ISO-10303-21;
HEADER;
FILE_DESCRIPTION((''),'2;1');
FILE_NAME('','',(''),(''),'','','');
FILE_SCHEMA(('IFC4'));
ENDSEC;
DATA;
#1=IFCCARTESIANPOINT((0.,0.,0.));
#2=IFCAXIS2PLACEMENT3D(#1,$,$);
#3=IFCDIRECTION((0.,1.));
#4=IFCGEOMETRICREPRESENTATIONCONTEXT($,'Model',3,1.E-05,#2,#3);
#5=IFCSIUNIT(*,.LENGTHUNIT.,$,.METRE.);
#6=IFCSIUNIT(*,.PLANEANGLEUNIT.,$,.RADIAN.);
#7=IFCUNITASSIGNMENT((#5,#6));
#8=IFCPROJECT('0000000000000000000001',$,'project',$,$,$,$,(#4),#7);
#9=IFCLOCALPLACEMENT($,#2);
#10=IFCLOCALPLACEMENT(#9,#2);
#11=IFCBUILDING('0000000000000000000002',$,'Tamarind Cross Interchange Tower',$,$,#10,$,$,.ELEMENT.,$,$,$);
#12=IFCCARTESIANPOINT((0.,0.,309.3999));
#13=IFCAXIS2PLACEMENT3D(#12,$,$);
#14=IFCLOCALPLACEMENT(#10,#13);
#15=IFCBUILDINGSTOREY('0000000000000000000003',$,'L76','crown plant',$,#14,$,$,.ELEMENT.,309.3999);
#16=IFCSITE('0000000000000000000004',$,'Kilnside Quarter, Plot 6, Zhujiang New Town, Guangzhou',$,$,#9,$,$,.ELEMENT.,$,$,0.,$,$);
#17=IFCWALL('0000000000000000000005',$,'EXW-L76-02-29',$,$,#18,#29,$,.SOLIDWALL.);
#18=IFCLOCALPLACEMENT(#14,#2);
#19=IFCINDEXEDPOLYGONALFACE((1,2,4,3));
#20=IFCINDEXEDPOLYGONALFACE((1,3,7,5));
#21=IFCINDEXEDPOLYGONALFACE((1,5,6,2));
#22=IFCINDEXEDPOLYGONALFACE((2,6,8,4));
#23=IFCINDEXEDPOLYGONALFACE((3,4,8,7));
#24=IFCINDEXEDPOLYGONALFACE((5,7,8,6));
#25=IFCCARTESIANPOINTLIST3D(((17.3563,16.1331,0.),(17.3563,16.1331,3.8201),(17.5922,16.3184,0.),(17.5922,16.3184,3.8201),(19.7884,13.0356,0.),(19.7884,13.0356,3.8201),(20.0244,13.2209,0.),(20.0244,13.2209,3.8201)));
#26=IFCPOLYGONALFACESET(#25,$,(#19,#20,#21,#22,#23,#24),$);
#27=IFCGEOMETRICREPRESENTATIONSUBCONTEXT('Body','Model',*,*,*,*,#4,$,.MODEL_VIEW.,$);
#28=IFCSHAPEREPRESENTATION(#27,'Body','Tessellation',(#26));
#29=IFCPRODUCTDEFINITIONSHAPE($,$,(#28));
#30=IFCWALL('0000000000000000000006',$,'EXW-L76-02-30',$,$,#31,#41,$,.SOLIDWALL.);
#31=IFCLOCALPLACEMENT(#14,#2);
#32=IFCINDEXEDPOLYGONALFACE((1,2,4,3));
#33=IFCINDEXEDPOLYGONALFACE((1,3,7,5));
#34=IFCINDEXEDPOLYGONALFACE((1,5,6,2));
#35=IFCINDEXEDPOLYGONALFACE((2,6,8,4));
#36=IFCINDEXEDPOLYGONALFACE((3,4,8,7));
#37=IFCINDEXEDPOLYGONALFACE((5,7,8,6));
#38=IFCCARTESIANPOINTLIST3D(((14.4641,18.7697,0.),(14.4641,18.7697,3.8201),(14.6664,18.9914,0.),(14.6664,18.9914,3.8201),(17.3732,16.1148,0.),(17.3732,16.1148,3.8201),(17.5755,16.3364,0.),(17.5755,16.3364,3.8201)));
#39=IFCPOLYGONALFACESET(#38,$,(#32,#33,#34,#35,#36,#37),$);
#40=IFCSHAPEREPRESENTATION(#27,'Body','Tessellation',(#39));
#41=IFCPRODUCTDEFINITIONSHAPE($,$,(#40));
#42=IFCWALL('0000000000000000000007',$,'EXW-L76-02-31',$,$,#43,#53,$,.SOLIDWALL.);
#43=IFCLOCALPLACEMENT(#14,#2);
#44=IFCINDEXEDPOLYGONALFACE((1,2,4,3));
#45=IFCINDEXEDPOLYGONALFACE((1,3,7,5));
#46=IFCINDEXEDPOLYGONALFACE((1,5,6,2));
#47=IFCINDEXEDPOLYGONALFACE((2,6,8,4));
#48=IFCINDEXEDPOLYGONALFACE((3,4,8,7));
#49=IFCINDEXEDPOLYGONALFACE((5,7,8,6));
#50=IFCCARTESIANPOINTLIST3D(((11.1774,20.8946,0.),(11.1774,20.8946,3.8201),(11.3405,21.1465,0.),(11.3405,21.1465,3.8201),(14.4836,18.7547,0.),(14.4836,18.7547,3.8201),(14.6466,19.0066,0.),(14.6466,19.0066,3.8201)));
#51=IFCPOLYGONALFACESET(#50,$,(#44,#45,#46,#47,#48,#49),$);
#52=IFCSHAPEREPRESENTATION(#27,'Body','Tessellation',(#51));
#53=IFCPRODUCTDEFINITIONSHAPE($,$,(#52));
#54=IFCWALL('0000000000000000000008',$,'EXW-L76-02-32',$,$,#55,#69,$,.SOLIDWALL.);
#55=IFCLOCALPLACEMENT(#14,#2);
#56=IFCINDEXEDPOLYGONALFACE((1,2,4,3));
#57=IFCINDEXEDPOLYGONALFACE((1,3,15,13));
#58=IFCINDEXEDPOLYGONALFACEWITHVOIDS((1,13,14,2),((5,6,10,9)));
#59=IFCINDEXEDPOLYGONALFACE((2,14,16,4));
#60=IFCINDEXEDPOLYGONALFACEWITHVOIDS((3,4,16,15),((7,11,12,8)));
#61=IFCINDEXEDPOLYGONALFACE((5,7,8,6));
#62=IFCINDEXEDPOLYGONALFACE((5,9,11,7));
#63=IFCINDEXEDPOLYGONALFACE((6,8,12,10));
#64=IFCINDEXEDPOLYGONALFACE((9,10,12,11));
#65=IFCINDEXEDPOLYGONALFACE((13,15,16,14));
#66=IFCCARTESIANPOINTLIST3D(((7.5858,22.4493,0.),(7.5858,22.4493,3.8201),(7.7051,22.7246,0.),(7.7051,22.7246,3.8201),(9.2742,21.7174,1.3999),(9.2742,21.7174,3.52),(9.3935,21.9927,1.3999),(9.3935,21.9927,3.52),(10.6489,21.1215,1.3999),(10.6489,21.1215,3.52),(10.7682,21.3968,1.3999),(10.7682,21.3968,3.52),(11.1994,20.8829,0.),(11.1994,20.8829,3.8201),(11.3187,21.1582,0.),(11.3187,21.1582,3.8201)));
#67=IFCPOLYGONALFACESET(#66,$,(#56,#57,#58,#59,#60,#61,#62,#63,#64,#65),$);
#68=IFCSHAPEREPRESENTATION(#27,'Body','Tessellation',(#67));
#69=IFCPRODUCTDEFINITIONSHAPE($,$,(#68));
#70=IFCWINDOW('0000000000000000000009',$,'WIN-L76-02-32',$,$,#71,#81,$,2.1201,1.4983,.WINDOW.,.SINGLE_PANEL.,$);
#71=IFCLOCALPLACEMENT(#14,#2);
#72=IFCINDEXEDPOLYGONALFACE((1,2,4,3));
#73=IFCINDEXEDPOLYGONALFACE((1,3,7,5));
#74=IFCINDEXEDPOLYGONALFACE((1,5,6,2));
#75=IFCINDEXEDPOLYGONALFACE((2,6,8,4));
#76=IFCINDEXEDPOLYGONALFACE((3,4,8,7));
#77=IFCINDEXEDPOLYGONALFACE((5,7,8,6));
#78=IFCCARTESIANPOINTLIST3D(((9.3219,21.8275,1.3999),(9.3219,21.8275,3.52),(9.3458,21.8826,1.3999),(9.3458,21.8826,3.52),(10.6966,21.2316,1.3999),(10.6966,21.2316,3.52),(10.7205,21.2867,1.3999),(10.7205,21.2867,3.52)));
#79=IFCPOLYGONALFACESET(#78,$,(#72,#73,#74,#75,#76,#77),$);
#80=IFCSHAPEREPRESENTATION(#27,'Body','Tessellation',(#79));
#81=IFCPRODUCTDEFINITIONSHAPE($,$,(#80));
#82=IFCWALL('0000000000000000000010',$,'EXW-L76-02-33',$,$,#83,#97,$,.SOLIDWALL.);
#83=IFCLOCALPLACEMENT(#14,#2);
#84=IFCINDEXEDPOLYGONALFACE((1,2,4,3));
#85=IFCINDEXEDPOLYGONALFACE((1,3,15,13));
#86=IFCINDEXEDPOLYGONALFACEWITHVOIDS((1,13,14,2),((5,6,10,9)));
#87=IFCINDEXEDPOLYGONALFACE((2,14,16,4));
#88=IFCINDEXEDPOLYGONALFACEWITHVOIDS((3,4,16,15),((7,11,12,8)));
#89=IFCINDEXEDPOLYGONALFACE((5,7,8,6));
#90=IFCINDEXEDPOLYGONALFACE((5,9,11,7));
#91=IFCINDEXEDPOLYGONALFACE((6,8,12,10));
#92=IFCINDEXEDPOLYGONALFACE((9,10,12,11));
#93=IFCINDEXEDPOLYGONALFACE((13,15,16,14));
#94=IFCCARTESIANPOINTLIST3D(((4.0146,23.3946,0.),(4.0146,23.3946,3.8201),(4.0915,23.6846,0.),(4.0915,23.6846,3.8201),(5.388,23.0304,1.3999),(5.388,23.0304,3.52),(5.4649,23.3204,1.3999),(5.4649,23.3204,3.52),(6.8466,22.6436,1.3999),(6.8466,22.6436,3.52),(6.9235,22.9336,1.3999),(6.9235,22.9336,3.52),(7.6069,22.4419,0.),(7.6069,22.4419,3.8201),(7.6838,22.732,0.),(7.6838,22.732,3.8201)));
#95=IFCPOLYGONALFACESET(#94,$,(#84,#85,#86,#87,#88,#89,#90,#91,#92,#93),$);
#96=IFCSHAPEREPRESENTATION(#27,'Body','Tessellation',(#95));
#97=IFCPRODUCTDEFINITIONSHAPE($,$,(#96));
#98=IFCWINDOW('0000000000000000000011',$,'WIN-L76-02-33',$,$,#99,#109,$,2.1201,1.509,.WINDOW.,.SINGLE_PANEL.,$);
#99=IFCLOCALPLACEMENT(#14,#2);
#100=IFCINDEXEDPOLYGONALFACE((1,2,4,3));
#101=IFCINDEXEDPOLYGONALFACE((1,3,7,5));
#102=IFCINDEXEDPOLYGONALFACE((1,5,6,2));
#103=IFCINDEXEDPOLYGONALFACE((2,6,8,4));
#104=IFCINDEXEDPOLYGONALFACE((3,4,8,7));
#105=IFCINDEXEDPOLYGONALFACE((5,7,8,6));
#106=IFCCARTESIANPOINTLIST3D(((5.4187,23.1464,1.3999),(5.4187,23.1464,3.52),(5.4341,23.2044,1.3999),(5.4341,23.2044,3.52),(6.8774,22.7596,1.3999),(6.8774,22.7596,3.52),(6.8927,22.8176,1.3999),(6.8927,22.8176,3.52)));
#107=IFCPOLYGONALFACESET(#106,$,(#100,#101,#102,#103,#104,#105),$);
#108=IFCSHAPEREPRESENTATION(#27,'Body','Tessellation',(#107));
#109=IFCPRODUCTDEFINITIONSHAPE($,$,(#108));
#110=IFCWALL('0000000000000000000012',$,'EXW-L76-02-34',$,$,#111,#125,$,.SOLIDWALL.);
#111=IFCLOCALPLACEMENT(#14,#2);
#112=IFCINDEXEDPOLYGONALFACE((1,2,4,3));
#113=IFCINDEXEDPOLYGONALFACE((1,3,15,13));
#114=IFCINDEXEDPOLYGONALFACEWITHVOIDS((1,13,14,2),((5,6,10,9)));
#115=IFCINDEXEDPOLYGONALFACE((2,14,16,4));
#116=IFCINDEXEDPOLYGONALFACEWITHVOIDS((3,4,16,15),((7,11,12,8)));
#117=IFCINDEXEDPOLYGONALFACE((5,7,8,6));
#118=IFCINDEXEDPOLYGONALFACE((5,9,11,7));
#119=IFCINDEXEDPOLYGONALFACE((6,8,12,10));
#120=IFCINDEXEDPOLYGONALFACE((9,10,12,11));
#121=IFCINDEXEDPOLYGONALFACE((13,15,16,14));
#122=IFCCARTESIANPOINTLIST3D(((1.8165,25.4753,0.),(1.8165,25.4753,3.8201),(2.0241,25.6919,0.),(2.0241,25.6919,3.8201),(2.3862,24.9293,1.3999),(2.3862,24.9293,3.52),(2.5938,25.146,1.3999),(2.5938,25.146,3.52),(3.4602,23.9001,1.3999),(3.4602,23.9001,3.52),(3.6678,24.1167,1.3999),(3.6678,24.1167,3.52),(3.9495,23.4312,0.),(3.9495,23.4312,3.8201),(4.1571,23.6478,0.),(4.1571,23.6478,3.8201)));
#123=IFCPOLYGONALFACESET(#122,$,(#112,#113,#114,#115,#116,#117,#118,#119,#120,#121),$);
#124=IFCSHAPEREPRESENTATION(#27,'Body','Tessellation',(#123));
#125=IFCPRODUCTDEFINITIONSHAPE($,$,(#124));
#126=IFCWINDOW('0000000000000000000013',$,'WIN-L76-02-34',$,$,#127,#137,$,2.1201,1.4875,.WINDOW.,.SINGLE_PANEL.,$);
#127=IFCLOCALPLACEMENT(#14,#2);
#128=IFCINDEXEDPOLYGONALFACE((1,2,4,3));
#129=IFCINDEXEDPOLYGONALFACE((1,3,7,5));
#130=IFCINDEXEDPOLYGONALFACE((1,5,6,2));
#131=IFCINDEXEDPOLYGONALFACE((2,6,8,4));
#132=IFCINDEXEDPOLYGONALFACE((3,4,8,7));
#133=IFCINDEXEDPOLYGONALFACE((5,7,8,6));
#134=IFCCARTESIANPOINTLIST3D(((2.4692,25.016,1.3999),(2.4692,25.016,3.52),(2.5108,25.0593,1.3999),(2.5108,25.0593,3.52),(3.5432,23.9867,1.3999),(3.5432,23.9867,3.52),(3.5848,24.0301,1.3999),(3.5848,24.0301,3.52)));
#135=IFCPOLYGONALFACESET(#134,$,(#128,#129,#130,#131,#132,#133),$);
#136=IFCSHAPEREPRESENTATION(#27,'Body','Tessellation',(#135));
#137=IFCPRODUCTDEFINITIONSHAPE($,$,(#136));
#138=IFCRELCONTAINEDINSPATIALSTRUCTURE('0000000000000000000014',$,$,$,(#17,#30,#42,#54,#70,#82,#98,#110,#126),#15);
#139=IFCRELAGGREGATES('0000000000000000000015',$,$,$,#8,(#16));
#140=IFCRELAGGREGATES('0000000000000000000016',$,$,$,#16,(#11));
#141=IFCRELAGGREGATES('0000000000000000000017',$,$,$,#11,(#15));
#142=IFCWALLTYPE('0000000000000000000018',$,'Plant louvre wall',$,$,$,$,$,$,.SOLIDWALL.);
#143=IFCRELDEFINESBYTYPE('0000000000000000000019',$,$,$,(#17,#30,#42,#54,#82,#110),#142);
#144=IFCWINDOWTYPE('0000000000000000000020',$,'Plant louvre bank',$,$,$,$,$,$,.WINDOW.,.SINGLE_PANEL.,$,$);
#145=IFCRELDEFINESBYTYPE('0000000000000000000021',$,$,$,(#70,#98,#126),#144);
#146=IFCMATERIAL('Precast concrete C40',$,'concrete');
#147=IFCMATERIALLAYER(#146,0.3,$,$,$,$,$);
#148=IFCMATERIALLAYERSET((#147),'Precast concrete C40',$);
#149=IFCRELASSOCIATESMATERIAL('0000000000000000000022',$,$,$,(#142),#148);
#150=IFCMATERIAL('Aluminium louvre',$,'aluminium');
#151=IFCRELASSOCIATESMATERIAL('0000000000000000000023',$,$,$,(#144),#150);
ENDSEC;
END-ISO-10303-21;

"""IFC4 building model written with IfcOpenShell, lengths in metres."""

from ifc_helpers import new_model, si_unit, direction, frame, frame_2d, origin, place, context, subcontext, project, spatial, rectangle, extrude, material, layer, layer_set, type_object, element, fill, save


model = new_model("IFC4")

# Units and contexts
model_context = context("Model", 3, precision=1e-05, world=origin(), true_north=direction((0.0, 1.0)))
body_context = subcontext(model_context, "Body", "Model", "MODEL_VIEW")
ifc_project = project(units=[si_unit("LENGTHUNIT", "METRE"), si_unit("PLANEANGLEUNIT", "RADIAN")], contexts=[model_context])

# Site, building, storey
site_placement = place(None, origin())
site = spatial("IfcSite", under=ifc_project, at=site_placement, Name="Kilnside Quarter, Plot 6, Zhujiang New Town, Guangzhou", CompositionType="ELEMENT", RefElevation=0.0)
building_placement = place(site_placement, origin())
building = spatial("IfcBuilding", under=site, at=building_placement, Name="Tamarind Cross Interchange Tower", CompositionType="ELEMENT")
storey_placement = place(building_placement, frame((0.0, 0.0, 309.3999)))
storey = spatial("IfcBuildingStorey", under=building, at=storey_placement, Name="L76", Description="crown plant", CompositionType="ELEMENT", Elevation=309.3999)

# Walls
ifc_material_1 = material(Name="Precast concrete C40", Category="concrete")
ifc_layer = layer(ifc_material_1, 0.3)
ifc_layer_set = layer_set([ifc_layer], Name="Precast concrete C40")
wall_type = type_object("IfcWallType", Name="Plant louvre wall", PredefinedType="SOLIDWALL", material=ifc_layer_set)
wall_1_placement = place(storey_placement, frame((19.9065, 13.1282, 0.0), z_axis=(0.0, 0.0, 1.0), x_axis=(-0.617578, 0.78651, 0.0)))
element("IfcWall", 1, at=wall_1_placement, inside=storey, type_object=wall_type, Name="EXW-L76-02-29", PredefinedType="SOLIDWALL", context=body_context, shape_type="SweptSolid", body=[
    extrude(rectangle(XDim=3.9382, YDim=0.3, at=frame_2d((1.9692, 0.0))), origin(), (0.0, 0.0, 1.0), 3.8201),
])
wall_2_placement = place(storey_placement, frame((17.4744, 16.2256, 0.0), z_axis=(0.0, 0.0, 1.0), x_axis=(-0.738634, 0.674106, 0.0)))
element("IfcWall", 2, at=wall_2_placement, inside=storey, type_object=wall_type, Name="EXW-L76-02-30", PredefinedType="SOLIDWALL", context=body_context, shape_type="SweptSolid", body=[
    extrude(rectangle(XDim=3.9385, YDim=0.3, at=frame_2d((1.9692, 0.0))), origin(), (0.0, 0.0, 1.0), 3.8201),
])
wall_3_placement = place(storey_placement, frame((14.5652, 18.8806, 0.0), z_axis=(0.0, 0.0, 1.0), x_axis=(-0.839499, 0.543362, 0.0)))
element("IfcWall", 3, at=wall_3_placement, inside=storey, type_object=wall_type, Name="EXW-L76-02-31", PredefinedType="SOLIDWALL", context=body_context, shape_type="SweptSolid", body=[
    extrude(rectangle(XDim=3.9382, YDim=0.3, at=frame_2d((1.9692, 0.0))), origin(), (0.0, 0.0, 1.0), 3.8201),
])

# Walls, openings, windows
wall_4_placement = place(storey_placement, frame((11.259, 21.0205, 0.0), z_axis=(0.0, 0.0, 1.0), x_axis=(-0.917505, 0.397724, 0.0)))
wall_4 = element("IfcWall", 4, at=wall_4_placement, inside=storey, type_object=wall_type, Name="EXW-L76-02-32", PredefinedType="SOLIDWALL", context=body_context, shape_type="SweptSolid", body=[
    extrude(rectangle(XDim=3.9385, YDim=0.3, at=frame_2d((1.9692, 0.0))), origin(), (0.0, 0.0, 1.0), 3.8201),
])
opening_1_placement = place(wall_4_placement, frame((0.6001, 0.0, 1.3999)))
opening_1 = element("IfcOpeningElement", 5, at=opening_1_placement, cuts=wall_4, PredefinedType="OPENING", context=body_context, shape_type="SweptSolid", body=[
    extrude(rectangle(XDim=1.4983, YDim=2.1201, at=frame_2d((0.749, 1.0601))), frame((0.0, 0.1599, 0.0), z_axis=(0.0, -1.0, 0.0), x_axis=(1.0, 0.0, 0.0)), (0.0, 0.0, 1.0), 0.3201),
])
ifc_material_2 = material(Name="Aluminium louvre", Category="aluminium")
window_type = type_object("IfcWindowType", Name="Plant louvre bank", PartitioningType="SINGLE_PANEL", PredefinedType="WINDOW", material=ifc_material_2)
window_1_placement = place(opening_1_placement, origin())
window_1 = element("IfcWindow", 6, at=window_1_placement, inside=storey, type_object=window_type, Name="WIN-L76-02-32", OverallHeight=2.1201, OverallWidth=1.4983, PartitioningType="SINGLE_PANEL", PredefinedType="WINDOW", context=body_context, shape_type="SweptSolid", body=[
    extrude(rectangle(XDim=1.4983, YDim=2.1201, at=frame_2d((0.749, 1.0601))), frame((0.0, 0.03, 0.0), z_axis=(0.0, -1.0, 0.0), x_axis=(1.0, 0.0, 0.0)), (0.0, 0.0, 1.0), 0.0601),
])
fill(opening_1, window_1)
wall_5_placement = place(storey_placement, frame((7.6455, 22.5869, 0.0), z_axis=(0.0, 0.0, 1.0), x_axis=(-0.966589, 0.256329, 0.0)))
wall_5 = element("IfcWall", 7, at=wall_5_placement, inside=storey, type_object=wall_type, Name="EXW-L76-02-33", PredefinedType="SOLIDWALL", context=body_context, shape_type="SweptSolid", body=[
    extrude(rectangle(XDim=3.7166, YDim=0.3, at=frame_2d((1.8584, 0.0))), origin(), (0.0, 0.0, 1.0), 3.8201),
])
opening_2_placement = place(wall_5_placement, frame((0.7869, 0.0, 1.3999)))
opening_2 = element("IfcOpeningElement", 8, at=opening_2_placement, cuts=wall_5, PredefinedType="OPENING", context=body_context, shape_type="SweptSolid", body=[
    extrude(rectangle(XDim=1.509, YDim=2.1201, at=frame_2d((0.7544, 1.0601))), frame((0.0, 0.1599, 0.0), z_axis=(0.0, -1.0, 0.0), x_axis=(1.0, 0.0, 0.0)), (0.0, 0.0, 1.0), 0.3201),
])
window_2_placement = place(opening_2_placement, origin())
window_2 = element("IfcWindow", 9, at=window_2_placement, inside=storey, type_object=window_type, Name="WIN-L76-02-33", OverallHeight=2.1201, OverallWidth=1.509, PartitioningType="SINGLE_PANEL", PredefinedType="WINDOW", context=body_context, shape_type="SweptSolid", body=[
    extrude(rectangle(XDim=1.509, YDim=2.1201, at=frame_2d((0.7544, 1.0601))), frame((0.0, 0.03, 0.0), z_axis=(0.0, -1.0, 0.0), x_axis=(1.0, 0.0, 0.0)), (0.0, 0.0, 1.0), 0.0601),
])
fill(opening_2, window_2)
wall_6_placement = place(storey_placement, frame((4.0532, 23.5396, 0.0), z_axis=(0.0, 0.0, 1.0), x_axis=(-0.721986, 0.691907, 0.0)))
wall_6 = element("IfcWall", 10, at=wall_6_placement, inside=storey, type_object=wall_type, Name="EXW-L76-02-34", PredefinedType="SOLIDWALL", context=body_context, shape_type="SweptSolid", body=[
    extrude(rectangle(XDim=2.9543, YDim=0.3, at=frame_2d((1.4771, 0.0))), origin(), (0.0, 0.0, 1.0), 3.8201),
])
opening_3_placement = place(wall_6_placement, frame((0.6777, 0.0, 1.3999)))
opening_3 = element("IfcOpeningElement", 11, at=opening_3_placement, cuts=wall_6, PredefinedType="OPENING", context=body_context, shape_type="SweptSolid", body=[
    extrude(rectangle(XDim=1.4875, YDim=2.1201, at=frame_2d((0.7437, 1.0601))), frame((0.0, 0.1599, 0.0), z_axis=(0.0, -1.0, 0.0), x_axis=(1.0, 0.0, 0.0)), (0.0, 0.0, 1.0), 0.3201),
])
window_3_placement = place(opening_3_placement, origin())
window_3 = element("IfcWindow", 12, at=window_3_placement, inside=storey, type_object=window_type, Name="WIN-L76-02-34", OverallHeight=2.1201, OverallWidth=1.4875, PartitioningType="SINGLE_PANEL", PredefinedType="WINDOW", context=body_context, shape_type="SweptSolid", body=[
    extrude(rectangle(XDim=1.4875, YDim=2.1201, at=frame_2d((0.7437, 1.0601))), frame((0.0, 0.03, 0.0), z_axis=(0.0, -1.0, 0.0), x_axis=(1.0, 0.0, 0.0)), (0.0, 0.0, 1.0), 0.0601),
])
fill(opening_3, window_3)

save(model, "model.ifc")
